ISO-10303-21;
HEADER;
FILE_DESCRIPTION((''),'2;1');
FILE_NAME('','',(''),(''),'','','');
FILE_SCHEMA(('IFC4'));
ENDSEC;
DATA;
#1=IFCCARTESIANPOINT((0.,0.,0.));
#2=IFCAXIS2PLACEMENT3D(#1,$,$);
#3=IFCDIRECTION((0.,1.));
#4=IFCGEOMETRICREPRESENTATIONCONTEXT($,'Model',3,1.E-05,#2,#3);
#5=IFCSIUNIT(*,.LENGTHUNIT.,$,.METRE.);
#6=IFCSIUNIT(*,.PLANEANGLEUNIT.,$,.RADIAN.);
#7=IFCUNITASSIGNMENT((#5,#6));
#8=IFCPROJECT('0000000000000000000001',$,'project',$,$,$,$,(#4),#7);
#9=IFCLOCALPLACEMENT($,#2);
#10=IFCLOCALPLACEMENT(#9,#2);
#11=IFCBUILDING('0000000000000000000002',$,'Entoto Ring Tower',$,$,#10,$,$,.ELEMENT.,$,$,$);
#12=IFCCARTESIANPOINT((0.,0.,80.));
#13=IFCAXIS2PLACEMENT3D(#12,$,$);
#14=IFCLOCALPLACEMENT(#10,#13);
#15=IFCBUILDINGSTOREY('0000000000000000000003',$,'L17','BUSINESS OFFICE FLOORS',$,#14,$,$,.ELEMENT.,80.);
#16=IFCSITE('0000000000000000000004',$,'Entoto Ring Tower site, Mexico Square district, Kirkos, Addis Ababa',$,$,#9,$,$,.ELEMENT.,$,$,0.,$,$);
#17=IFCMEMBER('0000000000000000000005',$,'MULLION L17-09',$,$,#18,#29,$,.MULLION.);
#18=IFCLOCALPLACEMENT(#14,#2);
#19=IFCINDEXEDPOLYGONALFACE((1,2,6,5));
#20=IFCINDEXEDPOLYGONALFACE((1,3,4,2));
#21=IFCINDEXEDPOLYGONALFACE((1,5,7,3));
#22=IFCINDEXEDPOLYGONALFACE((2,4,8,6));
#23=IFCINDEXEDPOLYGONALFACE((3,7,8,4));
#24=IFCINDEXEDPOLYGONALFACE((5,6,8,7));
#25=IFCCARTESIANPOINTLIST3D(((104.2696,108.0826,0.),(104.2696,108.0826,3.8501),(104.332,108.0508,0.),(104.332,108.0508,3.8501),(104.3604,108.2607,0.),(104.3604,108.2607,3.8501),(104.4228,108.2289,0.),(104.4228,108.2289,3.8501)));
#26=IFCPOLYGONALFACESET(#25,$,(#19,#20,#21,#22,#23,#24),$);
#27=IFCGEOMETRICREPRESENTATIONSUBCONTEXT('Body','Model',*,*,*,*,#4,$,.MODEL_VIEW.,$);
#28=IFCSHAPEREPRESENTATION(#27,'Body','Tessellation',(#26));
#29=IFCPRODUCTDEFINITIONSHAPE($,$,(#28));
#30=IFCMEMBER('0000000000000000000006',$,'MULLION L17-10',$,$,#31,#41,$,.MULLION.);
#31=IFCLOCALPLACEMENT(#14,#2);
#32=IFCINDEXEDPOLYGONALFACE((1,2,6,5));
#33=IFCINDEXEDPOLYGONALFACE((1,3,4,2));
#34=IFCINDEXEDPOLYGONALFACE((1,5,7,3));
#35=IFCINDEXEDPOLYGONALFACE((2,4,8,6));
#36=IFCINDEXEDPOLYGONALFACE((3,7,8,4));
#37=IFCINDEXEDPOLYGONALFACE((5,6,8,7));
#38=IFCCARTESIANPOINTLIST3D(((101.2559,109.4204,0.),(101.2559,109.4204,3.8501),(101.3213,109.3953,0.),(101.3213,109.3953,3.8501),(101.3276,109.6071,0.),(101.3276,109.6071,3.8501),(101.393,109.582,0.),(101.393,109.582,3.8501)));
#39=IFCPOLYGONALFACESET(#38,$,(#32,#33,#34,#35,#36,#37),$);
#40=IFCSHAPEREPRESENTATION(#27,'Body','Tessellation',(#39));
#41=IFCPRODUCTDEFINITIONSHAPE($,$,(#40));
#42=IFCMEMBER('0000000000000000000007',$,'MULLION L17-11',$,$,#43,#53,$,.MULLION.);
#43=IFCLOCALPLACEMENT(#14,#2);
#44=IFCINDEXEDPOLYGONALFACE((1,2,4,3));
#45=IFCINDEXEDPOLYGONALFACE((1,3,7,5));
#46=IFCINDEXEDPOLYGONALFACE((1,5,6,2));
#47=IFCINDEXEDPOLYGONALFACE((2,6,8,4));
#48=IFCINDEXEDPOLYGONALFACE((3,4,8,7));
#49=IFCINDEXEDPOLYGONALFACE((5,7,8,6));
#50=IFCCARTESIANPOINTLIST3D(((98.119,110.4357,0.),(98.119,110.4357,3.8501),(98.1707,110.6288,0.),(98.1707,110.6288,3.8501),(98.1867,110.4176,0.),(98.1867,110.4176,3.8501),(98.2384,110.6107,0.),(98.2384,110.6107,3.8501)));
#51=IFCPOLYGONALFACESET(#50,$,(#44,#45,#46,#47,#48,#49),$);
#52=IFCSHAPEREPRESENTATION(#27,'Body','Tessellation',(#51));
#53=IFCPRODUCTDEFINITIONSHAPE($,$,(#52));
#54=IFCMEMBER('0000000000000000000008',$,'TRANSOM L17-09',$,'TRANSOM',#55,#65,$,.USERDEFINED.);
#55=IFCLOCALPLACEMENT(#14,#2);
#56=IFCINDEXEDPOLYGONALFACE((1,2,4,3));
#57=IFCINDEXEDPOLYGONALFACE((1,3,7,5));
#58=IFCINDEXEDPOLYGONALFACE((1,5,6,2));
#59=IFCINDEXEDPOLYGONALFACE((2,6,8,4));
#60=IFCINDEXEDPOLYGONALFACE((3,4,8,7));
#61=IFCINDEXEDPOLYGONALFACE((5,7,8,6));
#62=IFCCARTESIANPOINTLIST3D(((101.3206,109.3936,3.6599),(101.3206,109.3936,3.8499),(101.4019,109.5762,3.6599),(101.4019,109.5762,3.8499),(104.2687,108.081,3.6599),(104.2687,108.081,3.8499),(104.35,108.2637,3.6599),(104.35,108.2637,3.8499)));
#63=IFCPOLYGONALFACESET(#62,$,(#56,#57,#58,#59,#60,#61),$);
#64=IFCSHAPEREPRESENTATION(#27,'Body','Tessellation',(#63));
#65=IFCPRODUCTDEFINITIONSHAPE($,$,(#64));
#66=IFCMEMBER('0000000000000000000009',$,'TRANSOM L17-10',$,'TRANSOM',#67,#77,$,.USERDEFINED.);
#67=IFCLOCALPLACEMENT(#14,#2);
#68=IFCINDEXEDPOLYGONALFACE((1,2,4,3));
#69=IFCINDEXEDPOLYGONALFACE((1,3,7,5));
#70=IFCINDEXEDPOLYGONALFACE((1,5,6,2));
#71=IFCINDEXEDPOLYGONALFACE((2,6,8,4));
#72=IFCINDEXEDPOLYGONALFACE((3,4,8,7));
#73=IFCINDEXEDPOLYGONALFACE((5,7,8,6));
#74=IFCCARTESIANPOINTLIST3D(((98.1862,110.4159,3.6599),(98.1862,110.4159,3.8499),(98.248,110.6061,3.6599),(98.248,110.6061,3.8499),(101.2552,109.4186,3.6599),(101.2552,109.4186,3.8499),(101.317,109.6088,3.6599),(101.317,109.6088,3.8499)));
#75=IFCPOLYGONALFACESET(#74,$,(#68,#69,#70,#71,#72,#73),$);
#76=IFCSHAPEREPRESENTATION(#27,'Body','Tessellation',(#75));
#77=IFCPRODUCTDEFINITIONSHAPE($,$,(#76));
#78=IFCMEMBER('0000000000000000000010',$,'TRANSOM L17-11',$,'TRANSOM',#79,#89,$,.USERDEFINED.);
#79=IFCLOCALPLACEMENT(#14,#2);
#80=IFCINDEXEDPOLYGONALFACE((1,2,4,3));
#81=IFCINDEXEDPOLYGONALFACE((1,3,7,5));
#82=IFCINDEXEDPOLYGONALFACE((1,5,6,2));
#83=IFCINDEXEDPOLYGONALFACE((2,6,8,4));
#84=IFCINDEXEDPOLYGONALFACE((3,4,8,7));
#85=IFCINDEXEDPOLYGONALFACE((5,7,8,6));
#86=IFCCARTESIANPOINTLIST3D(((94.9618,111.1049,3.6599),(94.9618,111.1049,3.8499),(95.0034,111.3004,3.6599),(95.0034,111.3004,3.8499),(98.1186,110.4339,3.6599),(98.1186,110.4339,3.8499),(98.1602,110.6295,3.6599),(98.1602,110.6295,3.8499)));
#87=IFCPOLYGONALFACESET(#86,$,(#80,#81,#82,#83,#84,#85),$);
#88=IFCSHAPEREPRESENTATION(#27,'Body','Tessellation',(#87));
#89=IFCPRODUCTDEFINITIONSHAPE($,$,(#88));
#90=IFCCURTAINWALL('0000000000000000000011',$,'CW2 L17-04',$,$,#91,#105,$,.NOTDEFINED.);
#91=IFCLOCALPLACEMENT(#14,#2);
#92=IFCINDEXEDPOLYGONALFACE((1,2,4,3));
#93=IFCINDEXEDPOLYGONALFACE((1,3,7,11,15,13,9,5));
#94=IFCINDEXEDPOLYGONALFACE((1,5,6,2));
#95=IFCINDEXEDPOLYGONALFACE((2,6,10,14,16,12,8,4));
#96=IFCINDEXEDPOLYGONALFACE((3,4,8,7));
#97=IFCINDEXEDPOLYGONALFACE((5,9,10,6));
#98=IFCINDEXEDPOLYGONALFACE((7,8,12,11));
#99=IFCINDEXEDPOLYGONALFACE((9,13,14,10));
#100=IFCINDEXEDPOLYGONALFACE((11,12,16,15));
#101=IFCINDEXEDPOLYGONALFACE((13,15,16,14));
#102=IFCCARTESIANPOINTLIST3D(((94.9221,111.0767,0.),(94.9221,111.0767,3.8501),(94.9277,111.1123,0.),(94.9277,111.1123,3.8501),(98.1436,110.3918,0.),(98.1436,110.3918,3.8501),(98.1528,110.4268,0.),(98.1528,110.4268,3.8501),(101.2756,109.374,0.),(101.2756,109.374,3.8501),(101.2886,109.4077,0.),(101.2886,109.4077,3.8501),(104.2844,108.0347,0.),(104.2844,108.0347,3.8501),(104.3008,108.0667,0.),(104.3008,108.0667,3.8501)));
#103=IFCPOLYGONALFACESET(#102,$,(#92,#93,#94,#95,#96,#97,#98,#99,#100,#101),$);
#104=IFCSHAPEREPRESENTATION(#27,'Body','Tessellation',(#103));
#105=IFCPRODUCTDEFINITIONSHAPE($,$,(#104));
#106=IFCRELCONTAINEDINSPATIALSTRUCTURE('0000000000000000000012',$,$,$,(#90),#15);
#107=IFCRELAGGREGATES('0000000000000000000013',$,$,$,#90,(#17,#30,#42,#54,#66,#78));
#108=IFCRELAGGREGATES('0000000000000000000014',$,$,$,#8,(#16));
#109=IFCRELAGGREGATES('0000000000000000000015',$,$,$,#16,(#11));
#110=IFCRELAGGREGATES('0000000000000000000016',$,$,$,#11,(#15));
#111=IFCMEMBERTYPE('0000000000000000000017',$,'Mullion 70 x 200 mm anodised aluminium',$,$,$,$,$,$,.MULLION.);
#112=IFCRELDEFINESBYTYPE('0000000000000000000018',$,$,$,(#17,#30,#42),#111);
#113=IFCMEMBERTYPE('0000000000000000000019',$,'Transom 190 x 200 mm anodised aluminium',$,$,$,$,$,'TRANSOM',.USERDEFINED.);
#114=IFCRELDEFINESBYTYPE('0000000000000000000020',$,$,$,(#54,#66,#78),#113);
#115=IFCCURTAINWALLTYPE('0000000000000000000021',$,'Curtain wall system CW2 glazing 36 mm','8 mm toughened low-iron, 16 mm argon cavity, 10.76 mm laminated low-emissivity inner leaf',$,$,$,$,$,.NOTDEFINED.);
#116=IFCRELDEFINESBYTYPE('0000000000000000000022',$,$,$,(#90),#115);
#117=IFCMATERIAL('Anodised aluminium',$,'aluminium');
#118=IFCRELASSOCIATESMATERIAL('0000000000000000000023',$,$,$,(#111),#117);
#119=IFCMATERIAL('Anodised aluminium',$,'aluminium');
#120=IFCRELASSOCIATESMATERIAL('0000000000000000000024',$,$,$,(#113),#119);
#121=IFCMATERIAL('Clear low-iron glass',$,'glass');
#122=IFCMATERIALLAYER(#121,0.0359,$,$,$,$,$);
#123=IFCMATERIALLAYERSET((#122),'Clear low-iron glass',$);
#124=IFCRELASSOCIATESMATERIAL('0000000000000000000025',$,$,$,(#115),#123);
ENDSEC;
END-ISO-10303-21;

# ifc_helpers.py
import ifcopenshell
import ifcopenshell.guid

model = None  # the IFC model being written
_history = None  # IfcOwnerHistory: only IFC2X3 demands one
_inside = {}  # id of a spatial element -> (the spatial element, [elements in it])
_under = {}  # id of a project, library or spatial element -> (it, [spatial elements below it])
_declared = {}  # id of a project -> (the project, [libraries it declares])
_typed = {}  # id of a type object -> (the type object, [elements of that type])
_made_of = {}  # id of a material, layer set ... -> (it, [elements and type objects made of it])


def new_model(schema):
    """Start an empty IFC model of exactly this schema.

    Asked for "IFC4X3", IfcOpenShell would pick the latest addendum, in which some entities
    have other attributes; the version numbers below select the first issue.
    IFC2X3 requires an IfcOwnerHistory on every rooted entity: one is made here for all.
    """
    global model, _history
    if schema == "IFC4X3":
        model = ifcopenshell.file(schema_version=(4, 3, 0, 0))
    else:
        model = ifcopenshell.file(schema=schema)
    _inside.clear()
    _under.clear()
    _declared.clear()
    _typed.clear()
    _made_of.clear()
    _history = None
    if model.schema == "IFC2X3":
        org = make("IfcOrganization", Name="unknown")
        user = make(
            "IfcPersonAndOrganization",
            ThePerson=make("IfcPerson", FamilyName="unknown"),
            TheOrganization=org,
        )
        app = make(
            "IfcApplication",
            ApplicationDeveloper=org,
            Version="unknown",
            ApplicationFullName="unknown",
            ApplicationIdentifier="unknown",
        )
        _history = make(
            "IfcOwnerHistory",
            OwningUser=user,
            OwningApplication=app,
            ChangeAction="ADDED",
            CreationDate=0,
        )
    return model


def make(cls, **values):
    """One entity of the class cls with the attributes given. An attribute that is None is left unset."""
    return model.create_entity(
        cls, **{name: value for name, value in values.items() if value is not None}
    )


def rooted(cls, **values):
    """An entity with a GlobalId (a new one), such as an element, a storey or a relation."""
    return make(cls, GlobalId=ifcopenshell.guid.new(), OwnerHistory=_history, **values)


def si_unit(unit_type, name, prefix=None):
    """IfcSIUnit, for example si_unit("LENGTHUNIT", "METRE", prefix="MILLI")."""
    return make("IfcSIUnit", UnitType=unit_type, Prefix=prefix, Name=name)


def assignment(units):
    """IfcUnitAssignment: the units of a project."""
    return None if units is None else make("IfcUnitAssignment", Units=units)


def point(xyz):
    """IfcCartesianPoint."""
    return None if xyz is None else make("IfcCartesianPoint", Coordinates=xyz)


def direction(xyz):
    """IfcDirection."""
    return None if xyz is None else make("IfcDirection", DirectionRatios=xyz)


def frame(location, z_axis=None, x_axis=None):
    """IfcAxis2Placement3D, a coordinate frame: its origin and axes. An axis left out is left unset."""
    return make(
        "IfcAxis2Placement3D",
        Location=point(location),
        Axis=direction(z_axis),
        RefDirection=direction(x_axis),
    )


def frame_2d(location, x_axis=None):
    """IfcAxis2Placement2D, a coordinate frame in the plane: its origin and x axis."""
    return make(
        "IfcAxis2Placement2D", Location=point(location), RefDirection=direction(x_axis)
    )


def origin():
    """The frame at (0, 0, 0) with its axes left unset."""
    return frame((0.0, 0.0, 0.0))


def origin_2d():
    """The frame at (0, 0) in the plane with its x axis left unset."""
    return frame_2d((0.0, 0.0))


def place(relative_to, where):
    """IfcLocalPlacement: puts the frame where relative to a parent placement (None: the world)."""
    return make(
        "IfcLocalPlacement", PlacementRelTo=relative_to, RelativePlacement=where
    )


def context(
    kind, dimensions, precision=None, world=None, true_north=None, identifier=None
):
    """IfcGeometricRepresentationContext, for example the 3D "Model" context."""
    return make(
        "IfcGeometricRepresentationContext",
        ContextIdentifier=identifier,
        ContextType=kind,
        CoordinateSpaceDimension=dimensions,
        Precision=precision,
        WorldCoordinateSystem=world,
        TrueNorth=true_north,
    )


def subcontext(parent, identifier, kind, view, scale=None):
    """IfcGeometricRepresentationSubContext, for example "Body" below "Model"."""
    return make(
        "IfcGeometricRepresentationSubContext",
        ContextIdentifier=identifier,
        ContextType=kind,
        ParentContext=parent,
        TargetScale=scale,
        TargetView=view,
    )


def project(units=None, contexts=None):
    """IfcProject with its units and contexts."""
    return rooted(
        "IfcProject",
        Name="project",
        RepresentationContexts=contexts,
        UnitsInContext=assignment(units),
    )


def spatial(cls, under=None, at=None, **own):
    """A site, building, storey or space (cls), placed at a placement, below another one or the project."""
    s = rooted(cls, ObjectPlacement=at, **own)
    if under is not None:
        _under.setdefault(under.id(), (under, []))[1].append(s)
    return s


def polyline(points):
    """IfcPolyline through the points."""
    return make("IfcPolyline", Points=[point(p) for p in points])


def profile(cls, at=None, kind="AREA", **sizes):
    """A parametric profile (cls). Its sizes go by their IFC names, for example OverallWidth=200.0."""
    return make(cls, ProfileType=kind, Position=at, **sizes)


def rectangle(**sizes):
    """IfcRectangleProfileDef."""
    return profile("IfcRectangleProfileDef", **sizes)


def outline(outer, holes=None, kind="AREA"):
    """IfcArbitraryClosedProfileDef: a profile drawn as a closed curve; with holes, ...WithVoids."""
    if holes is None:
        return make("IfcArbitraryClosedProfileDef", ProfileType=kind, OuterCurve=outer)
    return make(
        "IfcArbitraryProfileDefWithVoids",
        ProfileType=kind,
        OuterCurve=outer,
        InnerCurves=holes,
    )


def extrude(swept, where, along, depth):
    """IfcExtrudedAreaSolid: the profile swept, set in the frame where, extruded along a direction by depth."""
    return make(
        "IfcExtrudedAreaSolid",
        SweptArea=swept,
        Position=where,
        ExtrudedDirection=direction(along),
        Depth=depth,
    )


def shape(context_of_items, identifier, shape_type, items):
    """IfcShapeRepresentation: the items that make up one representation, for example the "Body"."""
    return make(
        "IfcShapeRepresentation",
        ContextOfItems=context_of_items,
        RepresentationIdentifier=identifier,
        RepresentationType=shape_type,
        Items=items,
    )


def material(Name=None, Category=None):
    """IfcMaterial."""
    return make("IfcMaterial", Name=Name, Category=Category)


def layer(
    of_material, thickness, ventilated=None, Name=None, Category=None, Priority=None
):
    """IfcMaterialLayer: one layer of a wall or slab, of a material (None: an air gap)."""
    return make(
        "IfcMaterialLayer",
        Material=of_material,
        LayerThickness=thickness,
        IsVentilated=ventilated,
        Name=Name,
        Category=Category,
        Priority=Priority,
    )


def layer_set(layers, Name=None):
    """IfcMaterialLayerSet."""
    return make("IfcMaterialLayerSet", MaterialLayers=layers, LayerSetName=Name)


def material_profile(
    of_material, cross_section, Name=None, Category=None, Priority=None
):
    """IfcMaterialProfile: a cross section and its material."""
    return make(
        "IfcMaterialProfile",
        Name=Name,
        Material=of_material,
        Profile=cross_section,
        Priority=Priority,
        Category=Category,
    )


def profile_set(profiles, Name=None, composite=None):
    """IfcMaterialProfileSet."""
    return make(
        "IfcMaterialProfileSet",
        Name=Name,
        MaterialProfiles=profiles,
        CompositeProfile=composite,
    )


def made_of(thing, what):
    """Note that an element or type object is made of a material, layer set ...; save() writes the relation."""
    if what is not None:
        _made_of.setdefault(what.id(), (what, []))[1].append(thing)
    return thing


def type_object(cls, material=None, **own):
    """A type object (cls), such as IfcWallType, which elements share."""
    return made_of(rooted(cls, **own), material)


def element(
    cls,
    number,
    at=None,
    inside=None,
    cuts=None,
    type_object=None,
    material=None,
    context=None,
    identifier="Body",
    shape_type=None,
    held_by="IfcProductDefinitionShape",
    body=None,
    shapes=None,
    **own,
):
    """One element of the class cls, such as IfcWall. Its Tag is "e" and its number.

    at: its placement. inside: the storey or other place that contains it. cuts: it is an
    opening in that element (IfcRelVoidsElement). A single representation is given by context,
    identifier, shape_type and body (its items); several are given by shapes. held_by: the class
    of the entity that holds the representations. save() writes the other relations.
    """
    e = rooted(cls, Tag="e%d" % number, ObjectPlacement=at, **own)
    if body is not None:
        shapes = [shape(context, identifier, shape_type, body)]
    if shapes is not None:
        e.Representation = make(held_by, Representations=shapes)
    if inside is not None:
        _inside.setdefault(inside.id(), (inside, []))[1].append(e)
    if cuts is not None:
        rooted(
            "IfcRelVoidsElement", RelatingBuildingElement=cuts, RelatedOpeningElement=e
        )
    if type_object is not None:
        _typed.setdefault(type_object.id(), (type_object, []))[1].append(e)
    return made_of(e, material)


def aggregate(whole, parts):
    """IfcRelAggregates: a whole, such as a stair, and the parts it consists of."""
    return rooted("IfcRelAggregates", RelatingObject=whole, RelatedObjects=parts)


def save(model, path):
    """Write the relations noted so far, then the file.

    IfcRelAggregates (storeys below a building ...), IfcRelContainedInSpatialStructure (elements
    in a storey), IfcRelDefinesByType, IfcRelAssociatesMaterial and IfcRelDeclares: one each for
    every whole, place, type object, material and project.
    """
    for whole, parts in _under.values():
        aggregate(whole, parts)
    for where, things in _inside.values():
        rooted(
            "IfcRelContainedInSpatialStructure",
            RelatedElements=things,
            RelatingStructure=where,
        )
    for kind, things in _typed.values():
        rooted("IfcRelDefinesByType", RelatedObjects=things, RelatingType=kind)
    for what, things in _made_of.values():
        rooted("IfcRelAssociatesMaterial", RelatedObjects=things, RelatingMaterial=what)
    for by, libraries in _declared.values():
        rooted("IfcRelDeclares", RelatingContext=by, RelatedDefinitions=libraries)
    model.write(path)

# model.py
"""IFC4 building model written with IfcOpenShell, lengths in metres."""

from ifc_helpers import new_model, si_unit, direction, frame, origin, origin_2d, place, context, subcontext, project, spatial, polyline, rectangle, outline, extrude, material, layer, layer_set, material_profile, profile_set, type_object, element, aggregate, save


model = new_model("IFC4")

# Units and contexts
model_context = context("Model", 3, precision=1e-05, world=origin(), true_north=direction((0.0, 1.0)))
body_context = subcontext(model_context, "Body", "Model", "MODEL_VIEW")
ifc_project = project(units=[si_unit("LENGTHUNIT", "METRE"), si_unit("PLANEANGLEUNIT", "RADIAN")], contexts=[model_context])

# Members
ifc_material_1 = material(Name="Anodised aluminium", Category="aluminium")
ifc_material_profile_1 = material_profile(ifc_material_1, rectangle(XDim=0.0701, YDim=0.2, at=origin_2d()), Name="Mullion 70 x 200 mm anodised aluminium")
ifc_profile_set_1 = profile_set([ifc_material_profile_1], Name="Anodised aluminium")
member_type_1 = type_object("IfcMemberType", Name="Mullion 70 x 200 mm anodised aluminium", PredefinedType="MULLION", material=ifc_profile_set_1)
site_placement = place(None, origin())
building_placement = place(site_placement, origin())
storey_placement = place(building_placement, frame((0.0, 0.0, 80.0)))
member_1_placement = place(storey_placement, frame((104.3462, 108.1558, 0.0), z_axis=(0.0, 0.0, 1.0), x_axis=(-0.891007, 0.45399, 0.0)))
member_1 = element("IfcMember", 1, at=member_1_placement, type_object=member_type_1, Name="MULLION L17-09", PredefinedType="MULLION", context=body_context, shape_type="SweptSolid", body=[
    extrude(rectangle(XDim=0.0701, YDim=0.2, at=origin_2d()), origin(), (0.0, 0.0, 1.0), 3.8501),
])
member_2_placement = place(storey_placement, frame((101.3245, 109.5012, 0.0), z_axis=(0.0, 0.0, 1.0), x_axis=(-0.93358, 0.358368, 0.0)))
member_2 = element("IfcMember", 2, at=member_2_placement, type_object=member_type_1, Name="MULLION L17-10", PredefinedType="MULLION", context=body_context, shape_type="SweptSolid", body=[
    extrude(rectangle(XDim=0.0701, YDim=0.2, at=origin_2d()), origin(), (0.0, 0.0, 1.0), 3.8501),
])
member_3_placement = place(storey_placement, frame((98.1787, 110.5232, 0.0), z_axis=(0.0, 0.0, 1.0), x_axis=(-0.965926, 0.258819, 0.0)))
member_3 = element("IfcMember", 3, at=member_3_placement, type_object=member_type_1, Name="MULLION L17-11", PredefinedType="MULLION", context=body_context, shape_type="SweptSolid", body=[
    extrude(rectangle(XDim=0.0701, YDim=0.2, at=origin_2d()), origin(), (0.0, 0.0, 1.0), 3.8501),
])
ifc_material_2 = material(Name="Anodised aluminium", Category="aluminium")
ifc_material_profile_2 = material_profile(ifc_material_2, rectangle(XDim=0.2, YDim=0.1899, at=origin_2d()), Name="Transom 190 x 200 mm anodised aluminium")
ifc_profile_set_2 = profile_set([ifc_material_profile_2], Name="Anodised aluminium")
member_type_2 = type_object("IfcMemberType", Name="Transom 190 x 200 mm anodised aluminium", ElementType="TRANSOM", PredefinedType="USERDEFINED", material=ifc_profile_set_2)
member_4_placement = place(storey_placement, frame((104.3093, 108.1724, 3.7549), z_axis=(-0.913549, 0.406728, 0.0), x_axis=(-0.406728, -0.913549, 0.0)))
member_4 = element("IfcMember", 4, at=member_4_placement, type_object=member_type_2, Name="TRANSOM L17-09", ObjectType="TRANSOM", PredefinedType="USERDEFINED", context=body_context, shape_type="SweptSolid", body=[
    extrude(rectangle(XDim=0.2, YDim=0.1899, at=origin_2d()), origin(), (0.0, 0.0, 1.0), 3.2271),
])
member_5_placement = place(storey_placement, frame((101.2861, 109.5137, 3.7549), z_axis=(-0.951047, 0.309047, 0.0), x_axis=(-0.309047, -0.951047, 0.0)))
member_5 = element("IfcMember", 5, at=member_5_placement, type_object=member_type_2, Name="TRANSOM L17-10", ObjectType="TRANSOM", PredefinedType="USERDEFINED", context=body_context, shape_type="SweptSolid", body=[
    extrude(rectangle(XDim=0.2, YDim=0.1899, at=origin_2d()), origin(), (0.0, 0.0, 1.0), 3.2271),
])
member_6_placement = place(storey_placement, frame((98.1394, 110.5317, 3.7549), z_axis=(-0.978153, 0.207886, 0.0), x_axis=(-0.207886, -0.978153, 0.0)))
member_6 = element("IfcMember", 6, at=member_6_placement, type_object=member_type_2, Name="TRANSOM L17-11", ObjectType="TRANSOM", PredefinedType="USERDEFINED", context=body_context, shape_type="SweptSolid", body=[
    extrude(rectangle(XDim=0.2, YDim=0.1899, at=origin_2d()), origin(), (0.0, 0.0, 1.0), 3.2273),
])

# Site, building, storey
site = spatial("IfcSite", under=ifc_project, at=site_placement, Name="Entoto Ring Tower site, Mexico Square district, Kirkos, Addis Ababa", CompositionType="ELEMENT", RefElevation=0.0)
building = spatial("IfcBuilding", under=site, at=building_placement, Name="Entoto Ring Tower", CompositionType="ELEMENT")
storey = spatial("IfcBuildingStorey", under=building, at=storey_placement, Name="L17", Description="BUSINESS OFFICE FLOORS", CompositionType="ELEMENT", Elevation=80.0)

# Curtain wall
ifc_material_3 = material(Name="Clear low-iron glass", Category="glass")
ifc_layer = layer(ifc_material_3, 0.0359)
ifc_layer_set = layer_set([ifc_layer], Name="Clear low-iron glass")
curtain_wall_type = type_object("IfcCurtainWallType", Name="Curtain wall system CW2 glazing 36 mm", Description="8 mm toughened low-iron, 16 mm argon cavity, 10.76 mm laminated low-emissivity inner leaf", PredefinedType="NOTDEFINED", material=ifc_layer_set)
curtain_wall_1_placement = place(storey_placement, origin())
curtain_wall_1 = element("IfcCurtainWall", 7, at=curtain_wall_1_placement, inside=storey, type_object=curtain_wall_type, Name="CW2 L17-04", PredefinedType="NOTDEFINED", context=body_context, shape_type="SweptSolid", body=[
    extrude(outline(polyline([(104.3008, 108.0667), (101.2886, 109.4077), (98.1528, 110.4268), (94.9277, 111.1123), (94.9221, 111.0767), (98.1436, 110.3918), (101.2756, 109.374), (104.2844, 108.0347), (104.3008, 108.0667)])), origin(), (0.0, 0.0, 1.0), 3.8501),
])
aggregate(curtain_wall_1, [member_1, member_2, member_3, member_4, member_5, member_6])

save(model, "model.ifc")
